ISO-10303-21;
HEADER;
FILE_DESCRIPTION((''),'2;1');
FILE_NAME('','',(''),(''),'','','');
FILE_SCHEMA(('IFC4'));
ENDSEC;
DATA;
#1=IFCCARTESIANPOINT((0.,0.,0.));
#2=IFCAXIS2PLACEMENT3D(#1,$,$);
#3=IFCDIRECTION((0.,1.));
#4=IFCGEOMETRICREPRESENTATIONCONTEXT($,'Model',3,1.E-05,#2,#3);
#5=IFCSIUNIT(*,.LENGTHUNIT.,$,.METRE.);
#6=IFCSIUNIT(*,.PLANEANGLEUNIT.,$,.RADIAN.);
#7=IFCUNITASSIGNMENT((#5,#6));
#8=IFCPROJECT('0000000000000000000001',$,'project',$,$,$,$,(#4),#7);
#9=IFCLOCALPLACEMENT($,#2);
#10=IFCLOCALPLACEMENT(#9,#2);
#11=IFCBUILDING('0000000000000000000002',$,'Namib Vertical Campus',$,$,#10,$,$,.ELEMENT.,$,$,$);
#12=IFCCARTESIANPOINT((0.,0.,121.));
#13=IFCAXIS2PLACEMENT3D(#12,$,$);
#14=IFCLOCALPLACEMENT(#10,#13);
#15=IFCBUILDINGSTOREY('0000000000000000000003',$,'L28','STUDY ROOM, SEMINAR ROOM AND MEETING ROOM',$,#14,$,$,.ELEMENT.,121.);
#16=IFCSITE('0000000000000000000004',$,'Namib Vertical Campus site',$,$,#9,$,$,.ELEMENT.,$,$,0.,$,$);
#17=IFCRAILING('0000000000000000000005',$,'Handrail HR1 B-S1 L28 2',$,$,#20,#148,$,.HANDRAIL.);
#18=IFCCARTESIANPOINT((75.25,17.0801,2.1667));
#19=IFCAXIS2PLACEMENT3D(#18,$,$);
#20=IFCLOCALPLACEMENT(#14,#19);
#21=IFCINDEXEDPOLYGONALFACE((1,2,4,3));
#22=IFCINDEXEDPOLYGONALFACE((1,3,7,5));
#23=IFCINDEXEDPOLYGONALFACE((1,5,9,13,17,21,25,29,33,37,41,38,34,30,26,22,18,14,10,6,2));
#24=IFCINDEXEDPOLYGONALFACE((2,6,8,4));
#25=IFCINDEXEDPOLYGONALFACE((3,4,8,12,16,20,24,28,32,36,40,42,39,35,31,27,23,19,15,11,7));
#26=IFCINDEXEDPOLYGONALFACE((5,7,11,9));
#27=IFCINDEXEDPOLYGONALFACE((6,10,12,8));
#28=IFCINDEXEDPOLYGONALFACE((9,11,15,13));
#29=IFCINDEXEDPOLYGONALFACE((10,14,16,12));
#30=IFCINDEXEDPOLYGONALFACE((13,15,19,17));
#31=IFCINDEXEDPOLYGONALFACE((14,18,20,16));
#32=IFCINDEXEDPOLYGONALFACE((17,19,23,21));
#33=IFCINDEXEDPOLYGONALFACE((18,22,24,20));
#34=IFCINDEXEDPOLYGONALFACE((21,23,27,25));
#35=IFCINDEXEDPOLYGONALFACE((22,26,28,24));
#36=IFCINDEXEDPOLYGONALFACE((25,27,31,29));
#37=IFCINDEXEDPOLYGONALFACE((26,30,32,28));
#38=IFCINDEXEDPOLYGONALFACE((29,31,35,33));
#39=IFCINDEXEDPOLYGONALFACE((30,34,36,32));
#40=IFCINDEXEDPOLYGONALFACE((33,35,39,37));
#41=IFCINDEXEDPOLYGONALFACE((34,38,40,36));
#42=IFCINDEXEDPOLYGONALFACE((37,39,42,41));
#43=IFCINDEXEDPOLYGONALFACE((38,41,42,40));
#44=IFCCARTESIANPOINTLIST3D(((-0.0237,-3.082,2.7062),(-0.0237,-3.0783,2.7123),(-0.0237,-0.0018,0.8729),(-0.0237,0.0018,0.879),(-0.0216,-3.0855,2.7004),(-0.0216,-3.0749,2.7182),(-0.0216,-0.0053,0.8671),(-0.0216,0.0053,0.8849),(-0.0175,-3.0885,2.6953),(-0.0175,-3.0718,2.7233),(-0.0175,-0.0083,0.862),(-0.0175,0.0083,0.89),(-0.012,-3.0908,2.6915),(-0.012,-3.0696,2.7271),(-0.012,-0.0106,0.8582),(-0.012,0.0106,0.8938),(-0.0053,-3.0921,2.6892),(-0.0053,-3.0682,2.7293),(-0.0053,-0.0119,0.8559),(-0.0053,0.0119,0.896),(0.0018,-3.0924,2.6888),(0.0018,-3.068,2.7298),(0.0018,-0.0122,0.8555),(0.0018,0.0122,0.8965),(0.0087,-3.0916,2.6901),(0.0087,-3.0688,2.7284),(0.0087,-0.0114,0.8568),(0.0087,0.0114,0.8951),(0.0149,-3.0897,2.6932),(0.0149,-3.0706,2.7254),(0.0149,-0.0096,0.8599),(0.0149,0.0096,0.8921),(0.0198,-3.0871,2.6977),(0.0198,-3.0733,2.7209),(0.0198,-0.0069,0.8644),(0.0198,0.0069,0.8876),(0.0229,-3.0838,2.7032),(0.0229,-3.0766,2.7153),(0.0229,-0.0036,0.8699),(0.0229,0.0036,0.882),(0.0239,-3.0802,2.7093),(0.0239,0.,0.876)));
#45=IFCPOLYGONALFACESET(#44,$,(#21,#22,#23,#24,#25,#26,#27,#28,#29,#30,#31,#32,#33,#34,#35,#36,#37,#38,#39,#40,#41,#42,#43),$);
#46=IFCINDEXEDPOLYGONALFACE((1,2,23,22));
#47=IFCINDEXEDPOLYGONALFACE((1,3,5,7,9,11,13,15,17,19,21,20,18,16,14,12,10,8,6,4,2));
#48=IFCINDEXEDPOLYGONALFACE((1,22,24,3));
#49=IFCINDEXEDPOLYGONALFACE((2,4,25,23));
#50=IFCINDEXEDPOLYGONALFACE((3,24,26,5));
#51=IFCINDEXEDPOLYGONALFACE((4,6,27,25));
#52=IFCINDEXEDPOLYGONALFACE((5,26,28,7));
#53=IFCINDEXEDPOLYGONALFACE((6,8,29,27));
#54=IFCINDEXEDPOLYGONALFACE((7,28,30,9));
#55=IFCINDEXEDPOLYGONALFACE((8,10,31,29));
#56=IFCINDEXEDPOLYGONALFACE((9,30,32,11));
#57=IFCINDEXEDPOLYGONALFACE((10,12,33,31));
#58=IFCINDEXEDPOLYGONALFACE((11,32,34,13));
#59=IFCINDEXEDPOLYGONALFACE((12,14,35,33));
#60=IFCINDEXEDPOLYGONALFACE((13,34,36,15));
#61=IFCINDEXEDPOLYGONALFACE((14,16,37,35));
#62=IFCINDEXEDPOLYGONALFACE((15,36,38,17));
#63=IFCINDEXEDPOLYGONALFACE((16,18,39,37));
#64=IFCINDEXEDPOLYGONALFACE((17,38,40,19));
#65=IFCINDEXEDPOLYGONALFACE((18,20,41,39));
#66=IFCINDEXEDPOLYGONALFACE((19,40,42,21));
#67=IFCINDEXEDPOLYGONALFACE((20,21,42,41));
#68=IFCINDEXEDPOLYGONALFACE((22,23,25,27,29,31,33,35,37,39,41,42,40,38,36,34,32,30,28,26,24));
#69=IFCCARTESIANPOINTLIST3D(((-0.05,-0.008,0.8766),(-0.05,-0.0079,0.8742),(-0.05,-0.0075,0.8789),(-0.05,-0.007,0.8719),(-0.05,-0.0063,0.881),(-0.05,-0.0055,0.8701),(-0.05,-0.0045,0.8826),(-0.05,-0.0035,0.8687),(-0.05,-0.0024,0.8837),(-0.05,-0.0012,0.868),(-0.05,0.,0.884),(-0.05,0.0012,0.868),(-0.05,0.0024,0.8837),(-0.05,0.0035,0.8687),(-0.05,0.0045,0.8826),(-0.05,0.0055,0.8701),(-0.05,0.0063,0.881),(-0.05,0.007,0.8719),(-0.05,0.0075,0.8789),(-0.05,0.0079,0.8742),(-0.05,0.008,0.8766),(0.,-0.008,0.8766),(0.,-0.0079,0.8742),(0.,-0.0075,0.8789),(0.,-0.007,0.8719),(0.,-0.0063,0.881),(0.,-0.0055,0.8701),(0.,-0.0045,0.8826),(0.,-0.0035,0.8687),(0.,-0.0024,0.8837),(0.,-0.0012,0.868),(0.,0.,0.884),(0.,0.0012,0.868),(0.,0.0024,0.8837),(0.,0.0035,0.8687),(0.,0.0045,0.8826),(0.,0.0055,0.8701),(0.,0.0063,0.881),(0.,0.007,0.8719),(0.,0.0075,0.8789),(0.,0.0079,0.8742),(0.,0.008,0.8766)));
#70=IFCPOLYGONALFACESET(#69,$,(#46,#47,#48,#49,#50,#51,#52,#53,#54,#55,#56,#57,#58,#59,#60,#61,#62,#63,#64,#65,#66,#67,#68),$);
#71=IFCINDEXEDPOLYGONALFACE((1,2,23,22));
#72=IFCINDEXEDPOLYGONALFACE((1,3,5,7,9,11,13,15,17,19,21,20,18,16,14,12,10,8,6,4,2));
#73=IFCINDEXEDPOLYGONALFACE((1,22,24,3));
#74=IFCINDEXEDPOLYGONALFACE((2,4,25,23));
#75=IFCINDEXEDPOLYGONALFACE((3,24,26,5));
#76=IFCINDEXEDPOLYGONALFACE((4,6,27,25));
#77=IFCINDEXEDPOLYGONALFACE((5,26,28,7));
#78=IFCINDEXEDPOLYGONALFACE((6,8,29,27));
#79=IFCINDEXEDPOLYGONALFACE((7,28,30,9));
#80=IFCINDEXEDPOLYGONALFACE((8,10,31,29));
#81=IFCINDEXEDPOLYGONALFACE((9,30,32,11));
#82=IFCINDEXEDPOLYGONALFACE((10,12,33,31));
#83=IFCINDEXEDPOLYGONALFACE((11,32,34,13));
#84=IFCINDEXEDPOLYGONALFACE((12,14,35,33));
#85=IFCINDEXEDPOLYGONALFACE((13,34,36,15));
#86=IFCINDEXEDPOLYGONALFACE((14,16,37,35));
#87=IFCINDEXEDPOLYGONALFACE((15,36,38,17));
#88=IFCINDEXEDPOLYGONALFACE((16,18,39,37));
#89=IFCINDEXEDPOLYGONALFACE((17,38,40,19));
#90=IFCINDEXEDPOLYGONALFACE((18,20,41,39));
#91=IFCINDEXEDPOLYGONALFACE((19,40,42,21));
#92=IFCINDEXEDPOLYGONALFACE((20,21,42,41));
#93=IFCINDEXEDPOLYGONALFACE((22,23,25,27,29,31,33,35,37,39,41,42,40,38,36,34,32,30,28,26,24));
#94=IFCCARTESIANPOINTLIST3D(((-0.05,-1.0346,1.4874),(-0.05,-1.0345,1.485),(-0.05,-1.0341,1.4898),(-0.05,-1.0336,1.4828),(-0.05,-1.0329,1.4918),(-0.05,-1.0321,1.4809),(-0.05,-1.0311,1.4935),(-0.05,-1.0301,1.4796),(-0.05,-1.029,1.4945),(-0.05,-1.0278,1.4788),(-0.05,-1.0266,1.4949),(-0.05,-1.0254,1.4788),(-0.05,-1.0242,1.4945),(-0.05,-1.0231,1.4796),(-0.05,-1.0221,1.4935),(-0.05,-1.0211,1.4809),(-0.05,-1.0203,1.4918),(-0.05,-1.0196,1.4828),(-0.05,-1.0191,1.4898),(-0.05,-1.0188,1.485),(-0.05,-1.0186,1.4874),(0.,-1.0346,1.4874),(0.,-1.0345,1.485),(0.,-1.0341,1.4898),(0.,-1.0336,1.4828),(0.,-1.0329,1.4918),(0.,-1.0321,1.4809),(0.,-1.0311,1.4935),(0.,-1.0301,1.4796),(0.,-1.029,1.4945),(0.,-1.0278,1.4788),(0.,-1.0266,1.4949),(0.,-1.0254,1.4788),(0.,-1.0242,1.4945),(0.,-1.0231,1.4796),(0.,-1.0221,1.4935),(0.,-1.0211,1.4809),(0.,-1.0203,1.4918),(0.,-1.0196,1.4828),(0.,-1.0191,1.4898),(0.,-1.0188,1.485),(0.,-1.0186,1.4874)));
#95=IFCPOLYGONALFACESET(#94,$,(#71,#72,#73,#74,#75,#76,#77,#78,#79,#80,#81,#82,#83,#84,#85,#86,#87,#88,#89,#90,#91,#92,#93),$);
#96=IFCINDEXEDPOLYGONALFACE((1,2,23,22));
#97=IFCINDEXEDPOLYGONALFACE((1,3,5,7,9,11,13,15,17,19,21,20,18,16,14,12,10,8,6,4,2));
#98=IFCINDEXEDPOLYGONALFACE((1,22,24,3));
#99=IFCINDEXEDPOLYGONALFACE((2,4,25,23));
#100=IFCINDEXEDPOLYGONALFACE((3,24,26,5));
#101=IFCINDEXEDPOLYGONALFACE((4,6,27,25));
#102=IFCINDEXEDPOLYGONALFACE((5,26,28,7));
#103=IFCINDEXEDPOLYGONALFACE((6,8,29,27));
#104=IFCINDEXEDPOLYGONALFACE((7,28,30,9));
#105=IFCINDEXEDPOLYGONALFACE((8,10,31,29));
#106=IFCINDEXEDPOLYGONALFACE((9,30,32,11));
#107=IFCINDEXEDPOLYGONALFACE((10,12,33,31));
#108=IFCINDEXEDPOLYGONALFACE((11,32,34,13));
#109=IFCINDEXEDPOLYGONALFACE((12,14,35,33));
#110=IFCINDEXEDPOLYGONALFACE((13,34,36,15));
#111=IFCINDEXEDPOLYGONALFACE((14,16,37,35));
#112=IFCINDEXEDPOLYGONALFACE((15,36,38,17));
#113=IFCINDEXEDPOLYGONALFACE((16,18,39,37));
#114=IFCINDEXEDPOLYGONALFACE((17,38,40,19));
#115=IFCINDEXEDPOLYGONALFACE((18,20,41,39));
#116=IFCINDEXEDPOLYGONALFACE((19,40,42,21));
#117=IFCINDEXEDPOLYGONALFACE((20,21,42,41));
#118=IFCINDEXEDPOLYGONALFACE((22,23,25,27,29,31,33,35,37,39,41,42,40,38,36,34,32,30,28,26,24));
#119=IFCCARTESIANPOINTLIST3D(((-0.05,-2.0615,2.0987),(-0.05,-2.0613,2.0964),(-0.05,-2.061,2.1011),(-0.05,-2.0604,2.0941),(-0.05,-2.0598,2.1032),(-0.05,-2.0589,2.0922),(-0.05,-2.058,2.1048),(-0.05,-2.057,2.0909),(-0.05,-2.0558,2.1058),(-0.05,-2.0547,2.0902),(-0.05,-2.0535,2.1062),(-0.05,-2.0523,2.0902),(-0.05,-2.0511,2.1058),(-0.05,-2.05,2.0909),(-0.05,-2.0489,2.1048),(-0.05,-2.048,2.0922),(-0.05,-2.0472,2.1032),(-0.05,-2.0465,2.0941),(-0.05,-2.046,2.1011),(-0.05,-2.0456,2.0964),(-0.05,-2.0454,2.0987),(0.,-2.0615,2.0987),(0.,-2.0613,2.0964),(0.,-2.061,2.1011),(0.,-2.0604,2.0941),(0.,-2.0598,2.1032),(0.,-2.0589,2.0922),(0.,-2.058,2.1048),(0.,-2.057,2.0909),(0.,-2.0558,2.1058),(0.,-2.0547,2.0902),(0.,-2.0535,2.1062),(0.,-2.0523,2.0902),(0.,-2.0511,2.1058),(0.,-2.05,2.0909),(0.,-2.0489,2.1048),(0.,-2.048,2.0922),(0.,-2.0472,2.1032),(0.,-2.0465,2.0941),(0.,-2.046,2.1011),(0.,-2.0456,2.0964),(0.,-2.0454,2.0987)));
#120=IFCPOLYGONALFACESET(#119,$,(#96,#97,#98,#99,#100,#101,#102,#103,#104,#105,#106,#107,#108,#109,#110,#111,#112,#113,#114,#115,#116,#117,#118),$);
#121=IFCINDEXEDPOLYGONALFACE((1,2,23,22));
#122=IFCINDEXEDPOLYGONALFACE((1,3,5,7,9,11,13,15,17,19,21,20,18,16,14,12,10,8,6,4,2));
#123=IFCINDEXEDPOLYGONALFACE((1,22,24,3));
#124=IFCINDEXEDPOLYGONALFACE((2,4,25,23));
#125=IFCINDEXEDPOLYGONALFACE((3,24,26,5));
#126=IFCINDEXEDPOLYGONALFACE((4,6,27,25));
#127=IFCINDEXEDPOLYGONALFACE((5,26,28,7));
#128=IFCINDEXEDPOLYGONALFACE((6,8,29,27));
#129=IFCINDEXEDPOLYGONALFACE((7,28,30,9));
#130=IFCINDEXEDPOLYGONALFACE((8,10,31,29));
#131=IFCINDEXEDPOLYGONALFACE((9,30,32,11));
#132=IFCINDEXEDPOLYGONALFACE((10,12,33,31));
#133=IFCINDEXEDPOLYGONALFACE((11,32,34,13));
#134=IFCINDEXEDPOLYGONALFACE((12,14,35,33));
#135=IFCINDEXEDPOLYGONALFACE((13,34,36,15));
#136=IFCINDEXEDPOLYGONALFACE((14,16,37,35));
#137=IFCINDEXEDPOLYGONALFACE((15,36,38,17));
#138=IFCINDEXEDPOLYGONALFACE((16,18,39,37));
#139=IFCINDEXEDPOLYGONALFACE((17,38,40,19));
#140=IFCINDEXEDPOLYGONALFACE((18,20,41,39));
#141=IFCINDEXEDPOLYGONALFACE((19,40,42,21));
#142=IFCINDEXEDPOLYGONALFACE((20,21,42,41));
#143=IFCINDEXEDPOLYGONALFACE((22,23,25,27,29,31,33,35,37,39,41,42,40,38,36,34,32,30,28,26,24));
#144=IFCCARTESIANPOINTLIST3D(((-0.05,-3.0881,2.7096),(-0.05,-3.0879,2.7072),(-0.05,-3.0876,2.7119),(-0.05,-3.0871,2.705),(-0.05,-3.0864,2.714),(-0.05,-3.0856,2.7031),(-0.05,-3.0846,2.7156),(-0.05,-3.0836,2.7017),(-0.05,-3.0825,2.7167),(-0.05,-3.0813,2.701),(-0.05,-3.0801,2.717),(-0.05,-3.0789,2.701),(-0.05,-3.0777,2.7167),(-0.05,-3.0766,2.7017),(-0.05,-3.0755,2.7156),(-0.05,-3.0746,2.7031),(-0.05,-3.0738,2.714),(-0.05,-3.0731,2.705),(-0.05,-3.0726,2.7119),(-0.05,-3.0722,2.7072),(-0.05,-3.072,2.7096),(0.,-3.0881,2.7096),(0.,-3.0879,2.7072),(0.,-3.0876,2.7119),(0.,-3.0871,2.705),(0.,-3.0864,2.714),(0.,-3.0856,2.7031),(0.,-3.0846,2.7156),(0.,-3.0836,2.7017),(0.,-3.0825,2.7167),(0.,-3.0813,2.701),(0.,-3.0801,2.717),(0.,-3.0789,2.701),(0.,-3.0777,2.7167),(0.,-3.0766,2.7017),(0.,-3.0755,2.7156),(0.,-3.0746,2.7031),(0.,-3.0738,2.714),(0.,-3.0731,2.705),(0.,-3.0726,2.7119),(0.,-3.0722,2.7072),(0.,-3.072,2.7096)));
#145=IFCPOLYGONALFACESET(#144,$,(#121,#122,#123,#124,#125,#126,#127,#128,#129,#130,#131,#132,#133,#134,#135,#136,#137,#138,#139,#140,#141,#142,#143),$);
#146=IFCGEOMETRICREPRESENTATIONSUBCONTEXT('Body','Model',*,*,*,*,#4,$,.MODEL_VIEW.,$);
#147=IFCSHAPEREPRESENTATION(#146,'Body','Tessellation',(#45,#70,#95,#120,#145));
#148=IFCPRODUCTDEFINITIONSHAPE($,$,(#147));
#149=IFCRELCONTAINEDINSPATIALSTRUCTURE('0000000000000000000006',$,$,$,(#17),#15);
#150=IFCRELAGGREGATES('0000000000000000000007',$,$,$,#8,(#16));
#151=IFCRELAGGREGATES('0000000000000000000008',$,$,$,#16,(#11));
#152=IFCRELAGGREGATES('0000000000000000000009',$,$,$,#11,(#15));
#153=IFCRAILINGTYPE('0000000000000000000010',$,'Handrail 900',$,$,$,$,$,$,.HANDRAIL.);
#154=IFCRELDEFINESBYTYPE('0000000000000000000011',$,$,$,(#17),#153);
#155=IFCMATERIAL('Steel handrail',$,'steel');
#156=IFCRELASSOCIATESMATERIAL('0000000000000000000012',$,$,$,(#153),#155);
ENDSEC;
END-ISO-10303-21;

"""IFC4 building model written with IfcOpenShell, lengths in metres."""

from ifc_helpers import new_model, si_unit, direction, frame, origin, origin_2d, place, context, subcontext, project, spatial, circle, extrude, material, type_object, element, save


model = new_model("IFC4")

# Units and contexts
model_context = context("Model", 3, precision=1e-05, world=origin(), true_north=direction((0.0, 1.0)))
body_context = subcontext(model_context, "Body", "Model", "MODEL_VIEW")
ifc_project = project(units=[si_unit("LENGTHUNIT", "METRE"), si_unit("PLANEANGLEUNIT", "RADIAN")], contexts=[model_context])

# Site, building, storey
site_placement = place(None, origin())
site = spatial("IfcSite", under=ifc_project, at=site_placement, Name="Namib Vertical Campus site", CompositionType="ELEMENT", RefElevation=0.0)
building_placement = place(site_placement, origin())
building = spatial("IfcBuilding", under=site, at=building_placement, Name="Namib Vertical Campus", CompositionType="ELEMENT")
storey_placement = place(building_placement, frame((0.0, 0.0, 121.0)))
storey = spatial("IfcBuildingStorey", under=building, at=storey_placement, Name="L28", Description="STUDY ROOM, SEMINAR ROOM AND MEETING ROOM", CompositionType="ELEMENT", Elevation=121.0)

# Railing
ifc_material_1 = material(Name="Steel handrail", Category="steel")
railing_type = type_object("IfcRailingType", Name="Handrail 900", PredefinedType="HANDRAIL", material=ifc_material_1)
railing_1_placement = place(storey_placement, frame((75.25, 17.0801, 2.1667)))
element("IfcRailing", 1, at=railing_1_placement, inside=storey, type_object=railing_type, Name="Handrail HR1 B-S1 L28 2", PredefinedType="HANDRAIL", context=body_context, shape_type="SweptSolid", body=[
    extrude(circle(Radius=0.0239, at=origin_2d()), frame((0.0, 0.0, 0.876), z_axis=(0.0, -0.859309, 0.511458), x_axis=(1.0, 0.0, 0.0)), (0.0, 0.0, 1.0), 3.5845),
    extrude(circle(Radius=0.0081, at=origin_2d()), frame((0.0, 0.0, 0.876), z_axis=(-1.0, 0.0, 0.0), x_axis=(0.0, 0.0, 1.0)), (0.0, 0.0, 1.0), 0.05),
    extrude(circle(Radius=0.0081, at=origin_2d()), frame((0.0, -1.0266, 1.4868), z_axis=(-1.0, 0.0, 0.0), x_axis=(0.0, 0.0, 1.0)), (0.0, 0.0, 1.0), 0.05),
    extrude(circle(Radius=0.0081, at=origin_2d()), frame((0.0, -2.0535, 2.0981), z_axis=(-1.0, 0.0, 0.0), x_axis=(0.0, 0.0, 1.0)), (0.0, 0.0, 1.0), 0.05),
    extrude(circle(Radius=0.0081, at=origin_2d()), frame((0.0, -3.0801, 2.709), z_axis=(-1.0, 0.0, 0.0), x_axis=(0.0, 0.0, 1.0)), (0.0, 0.0, 1.0), 0.05),
])

save(model, "model.ifc")
